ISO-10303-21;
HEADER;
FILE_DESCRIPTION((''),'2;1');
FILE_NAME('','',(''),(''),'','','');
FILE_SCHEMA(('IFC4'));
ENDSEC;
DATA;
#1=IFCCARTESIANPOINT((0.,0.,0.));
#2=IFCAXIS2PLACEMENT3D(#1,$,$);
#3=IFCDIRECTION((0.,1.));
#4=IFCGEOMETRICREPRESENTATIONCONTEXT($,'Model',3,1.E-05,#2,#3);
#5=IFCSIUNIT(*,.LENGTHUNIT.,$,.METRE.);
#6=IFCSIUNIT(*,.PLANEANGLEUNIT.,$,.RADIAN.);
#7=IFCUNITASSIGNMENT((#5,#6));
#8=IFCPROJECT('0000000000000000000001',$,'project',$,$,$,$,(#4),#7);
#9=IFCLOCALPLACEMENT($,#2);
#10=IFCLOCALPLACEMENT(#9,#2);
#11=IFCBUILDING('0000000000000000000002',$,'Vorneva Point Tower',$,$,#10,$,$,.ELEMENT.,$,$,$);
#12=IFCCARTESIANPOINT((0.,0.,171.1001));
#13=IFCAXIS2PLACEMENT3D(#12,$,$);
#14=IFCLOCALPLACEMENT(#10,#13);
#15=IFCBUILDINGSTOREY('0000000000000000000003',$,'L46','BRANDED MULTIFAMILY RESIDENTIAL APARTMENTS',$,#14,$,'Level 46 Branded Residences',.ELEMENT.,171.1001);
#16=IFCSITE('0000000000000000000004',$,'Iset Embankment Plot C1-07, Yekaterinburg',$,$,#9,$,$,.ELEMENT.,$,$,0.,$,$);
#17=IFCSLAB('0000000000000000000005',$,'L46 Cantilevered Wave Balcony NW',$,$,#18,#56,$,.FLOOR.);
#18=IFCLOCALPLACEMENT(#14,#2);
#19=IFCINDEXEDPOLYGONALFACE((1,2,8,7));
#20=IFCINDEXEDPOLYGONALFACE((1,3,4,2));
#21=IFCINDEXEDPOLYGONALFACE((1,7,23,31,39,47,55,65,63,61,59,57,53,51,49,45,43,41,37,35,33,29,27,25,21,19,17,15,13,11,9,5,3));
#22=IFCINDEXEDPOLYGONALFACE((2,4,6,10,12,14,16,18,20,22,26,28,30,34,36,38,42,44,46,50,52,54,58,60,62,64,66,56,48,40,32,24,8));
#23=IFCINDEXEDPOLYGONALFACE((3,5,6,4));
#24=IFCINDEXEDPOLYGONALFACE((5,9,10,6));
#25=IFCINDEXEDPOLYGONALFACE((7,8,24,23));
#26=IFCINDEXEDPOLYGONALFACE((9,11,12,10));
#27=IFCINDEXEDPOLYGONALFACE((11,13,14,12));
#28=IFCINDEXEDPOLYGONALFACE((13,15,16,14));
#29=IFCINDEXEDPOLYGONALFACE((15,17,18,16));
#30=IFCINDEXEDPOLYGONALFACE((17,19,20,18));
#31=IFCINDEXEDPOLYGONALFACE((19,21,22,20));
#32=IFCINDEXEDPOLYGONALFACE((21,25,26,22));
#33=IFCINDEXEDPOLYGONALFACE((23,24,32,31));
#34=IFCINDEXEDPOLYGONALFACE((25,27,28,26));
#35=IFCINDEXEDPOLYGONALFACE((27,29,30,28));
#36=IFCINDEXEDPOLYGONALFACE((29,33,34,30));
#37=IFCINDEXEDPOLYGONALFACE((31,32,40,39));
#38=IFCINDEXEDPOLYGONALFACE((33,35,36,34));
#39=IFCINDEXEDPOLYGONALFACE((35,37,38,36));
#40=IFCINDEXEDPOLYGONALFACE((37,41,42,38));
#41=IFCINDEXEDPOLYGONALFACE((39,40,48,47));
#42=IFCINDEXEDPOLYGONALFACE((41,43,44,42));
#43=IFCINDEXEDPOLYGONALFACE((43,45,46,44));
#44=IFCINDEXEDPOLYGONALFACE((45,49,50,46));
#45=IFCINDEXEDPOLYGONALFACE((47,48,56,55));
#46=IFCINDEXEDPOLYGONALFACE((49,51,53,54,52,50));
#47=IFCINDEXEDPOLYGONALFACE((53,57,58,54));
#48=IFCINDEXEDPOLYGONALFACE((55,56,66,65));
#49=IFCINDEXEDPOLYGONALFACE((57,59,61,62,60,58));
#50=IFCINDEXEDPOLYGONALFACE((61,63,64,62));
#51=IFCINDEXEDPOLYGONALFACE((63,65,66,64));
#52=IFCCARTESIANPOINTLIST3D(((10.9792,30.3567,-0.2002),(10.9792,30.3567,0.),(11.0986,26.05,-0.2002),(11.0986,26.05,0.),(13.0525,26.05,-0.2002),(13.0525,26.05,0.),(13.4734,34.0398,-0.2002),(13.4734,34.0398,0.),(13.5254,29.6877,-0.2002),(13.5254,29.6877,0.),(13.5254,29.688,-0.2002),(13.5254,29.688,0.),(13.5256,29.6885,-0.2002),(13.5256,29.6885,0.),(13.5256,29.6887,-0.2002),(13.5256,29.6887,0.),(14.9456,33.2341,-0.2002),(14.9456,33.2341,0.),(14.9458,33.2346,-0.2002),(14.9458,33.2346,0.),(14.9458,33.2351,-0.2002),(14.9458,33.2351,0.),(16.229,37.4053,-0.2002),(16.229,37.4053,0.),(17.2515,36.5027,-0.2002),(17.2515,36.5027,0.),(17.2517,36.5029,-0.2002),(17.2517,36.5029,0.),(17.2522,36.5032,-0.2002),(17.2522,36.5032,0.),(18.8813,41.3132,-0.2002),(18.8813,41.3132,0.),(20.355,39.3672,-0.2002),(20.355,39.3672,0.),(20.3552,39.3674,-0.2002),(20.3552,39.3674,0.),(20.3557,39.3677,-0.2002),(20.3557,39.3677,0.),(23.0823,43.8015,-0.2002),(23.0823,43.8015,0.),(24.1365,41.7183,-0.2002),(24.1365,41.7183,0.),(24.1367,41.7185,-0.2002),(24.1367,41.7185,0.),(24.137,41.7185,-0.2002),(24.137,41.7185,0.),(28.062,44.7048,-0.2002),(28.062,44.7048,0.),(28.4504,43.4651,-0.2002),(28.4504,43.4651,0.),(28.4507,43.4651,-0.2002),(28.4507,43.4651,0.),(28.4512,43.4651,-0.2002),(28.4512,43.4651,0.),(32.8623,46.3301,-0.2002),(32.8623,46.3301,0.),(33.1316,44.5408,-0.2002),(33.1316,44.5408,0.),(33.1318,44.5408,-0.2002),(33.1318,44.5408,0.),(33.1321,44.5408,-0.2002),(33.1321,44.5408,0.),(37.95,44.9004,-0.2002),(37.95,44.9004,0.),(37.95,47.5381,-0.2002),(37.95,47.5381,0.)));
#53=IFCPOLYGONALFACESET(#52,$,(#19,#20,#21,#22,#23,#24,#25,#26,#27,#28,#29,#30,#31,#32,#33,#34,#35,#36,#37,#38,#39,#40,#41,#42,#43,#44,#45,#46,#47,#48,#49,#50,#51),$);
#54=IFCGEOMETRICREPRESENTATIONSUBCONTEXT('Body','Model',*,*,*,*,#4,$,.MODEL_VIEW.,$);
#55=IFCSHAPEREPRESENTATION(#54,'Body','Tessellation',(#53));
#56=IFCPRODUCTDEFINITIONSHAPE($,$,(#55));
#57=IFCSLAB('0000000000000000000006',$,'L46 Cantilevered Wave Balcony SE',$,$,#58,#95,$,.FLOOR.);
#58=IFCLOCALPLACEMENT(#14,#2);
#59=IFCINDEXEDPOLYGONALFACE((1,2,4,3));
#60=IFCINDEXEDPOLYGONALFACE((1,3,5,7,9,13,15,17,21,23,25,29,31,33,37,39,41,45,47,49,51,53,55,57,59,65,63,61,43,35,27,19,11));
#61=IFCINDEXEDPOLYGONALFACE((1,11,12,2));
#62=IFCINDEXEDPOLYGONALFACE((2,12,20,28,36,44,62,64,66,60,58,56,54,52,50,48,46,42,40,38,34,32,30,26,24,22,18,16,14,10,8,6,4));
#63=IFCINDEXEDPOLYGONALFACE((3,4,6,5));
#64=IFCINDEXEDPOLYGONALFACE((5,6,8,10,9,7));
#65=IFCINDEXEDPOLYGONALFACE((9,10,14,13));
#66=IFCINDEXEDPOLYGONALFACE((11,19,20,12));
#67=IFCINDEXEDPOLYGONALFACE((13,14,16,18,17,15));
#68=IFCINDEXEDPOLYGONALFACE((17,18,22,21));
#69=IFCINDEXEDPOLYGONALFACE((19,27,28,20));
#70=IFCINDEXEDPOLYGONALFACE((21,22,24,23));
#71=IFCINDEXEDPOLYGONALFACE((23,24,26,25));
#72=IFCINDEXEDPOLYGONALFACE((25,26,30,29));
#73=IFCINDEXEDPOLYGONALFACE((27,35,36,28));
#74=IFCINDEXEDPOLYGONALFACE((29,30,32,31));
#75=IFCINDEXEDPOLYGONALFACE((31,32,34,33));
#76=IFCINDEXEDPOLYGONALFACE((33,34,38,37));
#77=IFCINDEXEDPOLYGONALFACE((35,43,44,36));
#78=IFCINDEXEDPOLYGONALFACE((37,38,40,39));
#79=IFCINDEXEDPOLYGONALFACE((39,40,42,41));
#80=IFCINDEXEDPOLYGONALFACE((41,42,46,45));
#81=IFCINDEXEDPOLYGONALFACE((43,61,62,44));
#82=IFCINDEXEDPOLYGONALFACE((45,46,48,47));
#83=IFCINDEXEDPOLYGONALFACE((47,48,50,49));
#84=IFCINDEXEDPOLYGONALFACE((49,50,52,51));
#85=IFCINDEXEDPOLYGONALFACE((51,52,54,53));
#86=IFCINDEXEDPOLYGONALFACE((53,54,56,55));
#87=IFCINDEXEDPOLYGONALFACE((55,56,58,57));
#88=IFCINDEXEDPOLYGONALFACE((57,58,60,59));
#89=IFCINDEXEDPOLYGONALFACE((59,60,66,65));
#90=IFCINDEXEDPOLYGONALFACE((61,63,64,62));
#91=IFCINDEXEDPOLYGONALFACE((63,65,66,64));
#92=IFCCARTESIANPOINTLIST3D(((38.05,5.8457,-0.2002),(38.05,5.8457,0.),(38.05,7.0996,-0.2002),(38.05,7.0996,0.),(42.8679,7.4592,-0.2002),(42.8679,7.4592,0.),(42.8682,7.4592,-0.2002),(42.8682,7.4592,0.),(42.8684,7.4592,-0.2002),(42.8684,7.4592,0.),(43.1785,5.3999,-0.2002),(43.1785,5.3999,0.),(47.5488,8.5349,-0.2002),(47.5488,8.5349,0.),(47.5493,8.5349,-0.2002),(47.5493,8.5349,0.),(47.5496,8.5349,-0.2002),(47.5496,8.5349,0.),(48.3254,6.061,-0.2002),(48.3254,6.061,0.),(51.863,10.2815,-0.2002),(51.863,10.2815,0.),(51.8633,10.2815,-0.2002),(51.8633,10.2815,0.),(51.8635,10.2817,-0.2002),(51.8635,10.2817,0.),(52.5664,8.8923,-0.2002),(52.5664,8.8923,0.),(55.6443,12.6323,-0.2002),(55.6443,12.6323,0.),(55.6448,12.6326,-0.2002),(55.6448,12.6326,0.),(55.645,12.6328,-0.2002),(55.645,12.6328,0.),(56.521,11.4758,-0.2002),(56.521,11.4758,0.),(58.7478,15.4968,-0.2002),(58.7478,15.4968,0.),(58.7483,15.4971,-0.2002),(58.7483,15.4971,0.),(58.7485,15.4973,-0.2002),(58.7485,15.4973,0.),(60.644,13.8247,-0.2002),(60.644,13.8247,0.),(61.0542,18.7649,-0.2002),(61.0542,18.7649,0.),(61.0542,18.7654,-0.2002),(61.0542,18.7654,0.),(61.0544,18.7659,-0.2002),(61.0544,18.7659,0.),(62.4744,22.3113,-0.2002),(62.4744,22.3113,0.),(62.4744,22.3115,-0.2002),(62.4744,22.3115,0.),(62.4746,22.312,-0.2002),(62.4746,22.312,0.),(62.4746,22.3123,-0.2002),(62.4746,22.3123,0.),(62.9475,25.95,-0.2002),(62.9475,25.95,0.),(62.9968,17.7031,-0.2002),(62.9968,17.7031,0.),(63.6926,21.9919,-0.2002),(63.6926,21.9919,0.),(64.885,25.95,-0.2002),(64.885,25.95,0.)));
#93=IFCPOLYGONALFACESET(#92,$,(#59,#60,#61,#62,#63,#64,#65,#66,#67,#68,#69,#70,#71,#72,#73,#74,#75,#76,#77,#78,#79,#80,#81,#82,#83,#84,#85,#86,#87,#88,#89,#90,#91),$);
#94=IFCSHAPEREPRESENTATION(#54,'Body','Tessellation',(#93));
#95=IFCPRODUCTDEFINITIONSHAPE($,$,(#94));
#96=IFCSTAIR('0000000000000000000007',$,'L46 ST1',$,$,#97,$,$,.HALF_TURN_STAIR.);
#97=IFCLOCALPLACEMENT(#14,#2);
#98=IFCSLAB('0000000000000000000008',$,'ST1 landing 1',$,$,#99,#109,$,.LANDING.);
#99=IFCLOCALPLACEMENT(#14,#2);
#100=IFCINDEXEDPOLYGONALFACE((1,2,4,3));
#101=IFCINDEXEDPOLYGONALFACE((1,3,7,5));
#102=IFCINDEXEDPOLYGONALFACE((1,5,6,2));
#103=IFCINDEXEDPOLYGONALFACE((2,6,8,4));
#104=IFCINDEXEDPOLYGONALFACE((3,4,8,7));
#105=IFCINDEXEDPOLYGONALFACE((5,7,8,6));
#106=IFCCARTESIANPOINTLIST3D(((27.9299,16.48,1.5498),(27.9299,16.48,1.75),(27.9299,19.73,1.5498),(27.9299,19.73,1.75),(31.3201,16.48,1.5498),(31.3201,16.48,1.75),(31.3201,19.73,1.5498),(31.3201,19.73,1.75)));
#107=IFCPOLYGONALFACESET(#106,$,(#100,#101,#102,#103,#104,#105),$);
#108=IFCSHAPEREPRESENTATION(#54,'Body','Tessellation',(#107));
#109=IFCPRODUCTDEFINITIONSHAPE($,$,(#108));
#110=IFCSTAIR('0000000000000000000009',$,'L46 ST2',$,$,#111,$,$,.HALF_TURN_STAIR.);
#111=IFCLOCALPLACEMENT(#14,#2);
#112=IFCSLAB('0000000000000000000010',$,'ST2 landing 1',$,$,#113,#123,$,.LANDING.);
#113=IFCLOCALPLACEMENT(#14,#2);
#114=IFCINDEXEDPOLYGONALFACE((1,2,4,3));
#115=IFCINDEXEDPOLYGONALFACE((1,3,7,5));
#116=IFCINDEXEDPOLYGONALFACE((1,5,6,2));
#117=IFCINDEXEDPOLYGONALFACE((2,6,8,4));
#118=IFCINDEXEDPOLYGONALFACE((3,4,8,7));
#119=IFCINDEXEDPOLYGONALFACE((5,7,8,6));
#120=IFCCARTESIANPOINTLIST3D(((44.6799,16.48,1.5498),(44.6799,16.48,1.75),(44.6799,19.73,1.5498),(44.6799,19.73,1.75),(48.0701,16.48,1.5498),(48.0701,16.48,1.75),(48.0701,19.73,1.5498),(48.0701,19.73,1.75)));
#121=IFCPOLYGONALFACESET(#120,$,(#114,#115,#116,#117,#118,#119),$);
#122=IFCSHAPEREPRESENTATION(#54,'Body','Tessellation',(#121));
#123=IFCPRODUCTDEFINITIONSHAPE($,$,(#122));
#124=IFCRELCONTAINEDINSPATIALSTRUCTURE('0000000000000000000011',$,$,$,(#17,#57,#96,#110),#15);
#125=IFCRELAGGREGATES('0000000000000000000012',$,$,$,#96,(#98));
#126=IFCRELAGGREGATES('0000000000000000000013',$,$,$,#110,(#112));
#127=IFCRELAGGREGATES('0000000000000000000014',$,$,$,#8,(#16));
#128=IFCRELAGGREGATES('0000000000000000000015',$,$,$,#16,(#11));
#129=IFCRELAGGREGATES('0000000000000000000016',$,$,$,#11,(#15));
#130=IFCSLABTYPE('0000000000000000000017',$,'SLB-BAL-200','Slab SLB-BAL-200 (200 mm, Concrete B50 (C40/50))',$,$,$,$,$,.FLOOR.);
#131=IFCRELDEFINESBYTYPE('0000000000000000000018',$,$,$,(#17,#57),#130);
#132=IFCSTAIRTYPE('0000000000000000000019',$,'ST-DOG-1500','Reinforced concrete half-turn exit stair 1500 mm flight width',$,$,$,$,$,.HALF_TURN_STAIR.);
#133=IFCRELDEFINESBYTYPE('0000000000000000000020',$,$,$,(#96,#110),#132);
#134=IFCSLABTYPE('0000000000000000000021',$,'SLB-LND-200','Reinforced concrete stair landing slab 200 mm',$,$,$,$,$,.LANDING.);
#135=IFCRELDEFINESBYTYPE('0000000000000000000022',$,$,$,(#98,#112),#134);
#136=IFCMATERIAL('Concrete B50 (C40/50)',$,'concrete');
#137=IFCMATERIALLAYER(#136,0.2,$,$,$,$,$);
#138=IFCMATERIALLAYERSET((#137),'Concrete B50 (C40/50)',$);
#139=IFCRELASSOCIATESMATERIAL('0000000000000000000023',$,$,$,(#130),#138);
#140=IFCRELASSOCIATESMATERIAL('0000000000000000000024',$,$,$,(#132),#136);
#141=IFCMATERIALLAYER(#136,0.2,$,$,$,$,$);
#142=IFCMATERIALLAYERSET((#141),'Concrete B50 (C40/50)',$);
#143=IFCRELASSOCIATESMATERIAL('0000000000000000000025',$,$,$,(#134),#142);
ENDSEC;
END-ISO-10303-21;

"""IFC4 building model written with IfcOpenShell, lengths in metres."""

from ifc_helpers import new_model, si_unit, direction, frame, origin, place, context, subcontext, project, spatial, polyline, outline, extrude, material, layer, layer_set, type_object, element, aggregate, save


model = new_model("IFC4")

# Units and contexts
model_context = context("Model", 3, precision=1e-05, world=origin(), true_north=direction((0.0, 1.0)))
body_context = subcontext(model_context, "Body", "Model", "MODEL_VIEW")
ifc_project = project(units=[si_unit("LENGTHUNIT", "METRE"), si_unit("PLANEANGLEUNIT", "RADIAN")], contexts=[model_context])

# Site, building, storey
site_placement = place(None, origin())
site = spatial("IfcSite", under=ifc_project, at=site_placement, Name="Iset Embankment Plot C1-07, Yekaterinburg", CompositionType="ELEMENT", RefElevation=0.0)
building_placement = place(site_placement, origin())
building = spatial("IfcBuilding", under=site, at=building_placement, Name="Vorneva Point Tower", CompositionType="ELEMENT")
storey_placement = place(building_placement, frame((0.0, 0.0, 171.1001)))
storey = spatial("IfcBuildingStorey", under=building, at=storey_placement, Name="L46", Description="BRANDED MULTIFAMILY RESIDENTIAL APARTMENTS", LongName="Level 46 Branded Residences", CompositionType="ELEMENT", Elevation=171.1001)

# Slabs
ifc_material_1 = material(Name="Concrete B50 (C40/50)", Category="concrete")
ifc_layer_1 = layer(ifc_material_1, 0.2)
ifc_layer_set_1 = layer_set([ifc_layer_1], Name="Concrete B50 (C40/50)")
slab_type_1 = type_object("IfcSlabType", Name="SLB-BAL-200", Description="Slab SLB-BAL-200 (200 mm, Concrete B50 (C40/50))", PredefinedType="FLOOR", material=ifc_layer_set_1)
slab_1_placement = place(storey_placement, frame((0.0, 0.0, -0.2002)))
element("IfcSlab", 1, at=slab_1_placement, inside=storey, type_object=slab_type_1, Name="L46 Cantilevered Wave Balcony NW", PredefinedType="FLOOR", context=body_context, shape_type="SweptSolid", body=[
    extrude(outline(polyline([(11.0986, 26.05), (13.0525, 26.05), (13.5254, 29.6877), (13.5254, 29.688), (13.5256, 29.6885), (13.5256, 29.6887), (14.9456, 33.2341), (14.9458, 33.2346), (14.9458, 33.2351), (17.2515, 36.5027), (17.2517, 36.5029), (17.2522, 36.5032), (20.355, 39.3672), (20.3552, 39.3674), (20.3557, 39.3677), (24.1365, 41.7183), (24.1367, 41.7185), (24.137, 41.7185), (28.4504, 43.4651), (28.4507, 43.4651), (28.4512, 43.4651), (33.1316, 44.5408), (33.1318, 44.5408), (33.1321, 44.5408), (37.95, 44.9004), (37.95, 47.5381), (32.8623, 46.3301), (28.062, 44.7048), (23.0823, 43.8015), (18.8813, 41.3132), (16.229, 37.4053), (13.4734, 34.0398), (10.9792, 30.3567), (11.0986, 26.05)])), origin(), (0.0, 0.0, 1.0), 0.2002),
])
slab_2_placement = place(storey_placement, frame((0.0, 0.0, -0.2002)))
element("IfcSlab", 2, at=slab_2_placement, inside=storey, type_object=slab_type_1, Name="L46 Cantilevered Wave Balcony SE", PredefinedType="FLOOR", context=body_context, shape_type="SweptSolid", body=[
    extrude(outline(polyline([(63.6926, 21.9919), (64.885, 25.95), (62.9475, 25.95), (62.4746, 22.3123), (62.4746, 22.312), (62.4744, 22.3115), (62.4744, 22.3113), (61.0544, 18.7659), (61.0542, 18.7654), (61.0542, 18.7649), (58.7485, 15.4973), (58.7483, 15.4971), (58.7478, 15.4968), (55.645, 12.6328), (55.6448, 12.6326), (55.6443, 12.6323), (51.8635, 10.2817), (51.8633, 10.2815), (51.863, 10.2815), (47.5496, 8.5349), (47.5493, 8.5349), (47.5488, 8.5349), (42.8684, 7.4592), (42.8682, 7.4592), (42.8679, 7.4592), (38.05, 7.0996), (38.05, 5.8457), (43.1785, 5.3999), (48.3254, 6.061), (52.5664, 8.8923), (56.521, 11.4758), (60.644, 13.8247), (62.9968, 17.7031), (63.6926, 21.9919)])), origin(), (0.0, 0.0, 1.0), 0.2002),
])

# Stairs, slabs
stair_type = type_object("IfcStairType", Name="ST-DOG-1500", Description="Reinforced concrete half-turn exit stair 1500 mm flight width", PredefinedType="HALF_TURN_STAIR", material=ifc_material_1)
stair_1_placement = place(storey_placement, origin())
stair_1 = element("IfcStair", 3, at=stair_1_placement, inside=storey, type_object=stair_type, Name="L46 ST1", PredefinedType="HALF_TURN_STAIR")
ifc_layer_2 = layer(ifc_material_1, 0.2)
ifc_layer_set_2 = layer_set([ifc_layer_2], Name="Concrete B50 (C40/50)")
slab_type_2 = type_object("IfcSlabType", Name="SLB-LND-200", Description="Reinforced concrete stair landing slab 200 mm", PredefinedType="LANDING", material=ifc_layer_set_2)
slab_3_placement = place(storey_placement, frame((0.0, 0.0, 1.5498)))
slab_3 = element("IfcSlab", 4, at=slab_3_placement, type_object=slab_type_2, Name="ST1 landing 1", PredefinedType="LANDING", context=body_context, shape_type="SweptSolid", body=[
    extrude(outline(polyline([(27.9299, 16.48), (31.3201, 16.48), (31.3201, 19.73), (27.9299, 19.73), (27.9299, 16.48)])), origin(), (0.0, 0.0, 1.0), 0.2002),
])
aggregate(stair_1, [slab_3])
stair_2_placement = place(storey_placement, origin())
stair_2 = element("IfcStair", 5, at=stair_2_placement, inside=storey, type_object=stair_type, Name="L46 ST2", PredefinedType="HALF_TURN_STAIR")
slab_4_placement = place(storey_placement, frame((0.0, 0.0, 1.5498)))
slab_4 = element("IfcSlab", 6, at=slab_4_placement, type_object=slab_type_2, Name="ST2 landing 1", PredefinedType="LANDING", context=body_context, shape_type="SweptSolid", body=[
    extrude(outline(polyline([(44.6799, 16.48), (48.0701, 16.48), (48.0701, 19.73), (44.6799, 19.73), (44.6799, 16.48)])), origin(), (0.0, 0.0, 1.0), 0.2002),
])
aggregate(stair_2, [slab_4])

save(model, "model.ifc")
